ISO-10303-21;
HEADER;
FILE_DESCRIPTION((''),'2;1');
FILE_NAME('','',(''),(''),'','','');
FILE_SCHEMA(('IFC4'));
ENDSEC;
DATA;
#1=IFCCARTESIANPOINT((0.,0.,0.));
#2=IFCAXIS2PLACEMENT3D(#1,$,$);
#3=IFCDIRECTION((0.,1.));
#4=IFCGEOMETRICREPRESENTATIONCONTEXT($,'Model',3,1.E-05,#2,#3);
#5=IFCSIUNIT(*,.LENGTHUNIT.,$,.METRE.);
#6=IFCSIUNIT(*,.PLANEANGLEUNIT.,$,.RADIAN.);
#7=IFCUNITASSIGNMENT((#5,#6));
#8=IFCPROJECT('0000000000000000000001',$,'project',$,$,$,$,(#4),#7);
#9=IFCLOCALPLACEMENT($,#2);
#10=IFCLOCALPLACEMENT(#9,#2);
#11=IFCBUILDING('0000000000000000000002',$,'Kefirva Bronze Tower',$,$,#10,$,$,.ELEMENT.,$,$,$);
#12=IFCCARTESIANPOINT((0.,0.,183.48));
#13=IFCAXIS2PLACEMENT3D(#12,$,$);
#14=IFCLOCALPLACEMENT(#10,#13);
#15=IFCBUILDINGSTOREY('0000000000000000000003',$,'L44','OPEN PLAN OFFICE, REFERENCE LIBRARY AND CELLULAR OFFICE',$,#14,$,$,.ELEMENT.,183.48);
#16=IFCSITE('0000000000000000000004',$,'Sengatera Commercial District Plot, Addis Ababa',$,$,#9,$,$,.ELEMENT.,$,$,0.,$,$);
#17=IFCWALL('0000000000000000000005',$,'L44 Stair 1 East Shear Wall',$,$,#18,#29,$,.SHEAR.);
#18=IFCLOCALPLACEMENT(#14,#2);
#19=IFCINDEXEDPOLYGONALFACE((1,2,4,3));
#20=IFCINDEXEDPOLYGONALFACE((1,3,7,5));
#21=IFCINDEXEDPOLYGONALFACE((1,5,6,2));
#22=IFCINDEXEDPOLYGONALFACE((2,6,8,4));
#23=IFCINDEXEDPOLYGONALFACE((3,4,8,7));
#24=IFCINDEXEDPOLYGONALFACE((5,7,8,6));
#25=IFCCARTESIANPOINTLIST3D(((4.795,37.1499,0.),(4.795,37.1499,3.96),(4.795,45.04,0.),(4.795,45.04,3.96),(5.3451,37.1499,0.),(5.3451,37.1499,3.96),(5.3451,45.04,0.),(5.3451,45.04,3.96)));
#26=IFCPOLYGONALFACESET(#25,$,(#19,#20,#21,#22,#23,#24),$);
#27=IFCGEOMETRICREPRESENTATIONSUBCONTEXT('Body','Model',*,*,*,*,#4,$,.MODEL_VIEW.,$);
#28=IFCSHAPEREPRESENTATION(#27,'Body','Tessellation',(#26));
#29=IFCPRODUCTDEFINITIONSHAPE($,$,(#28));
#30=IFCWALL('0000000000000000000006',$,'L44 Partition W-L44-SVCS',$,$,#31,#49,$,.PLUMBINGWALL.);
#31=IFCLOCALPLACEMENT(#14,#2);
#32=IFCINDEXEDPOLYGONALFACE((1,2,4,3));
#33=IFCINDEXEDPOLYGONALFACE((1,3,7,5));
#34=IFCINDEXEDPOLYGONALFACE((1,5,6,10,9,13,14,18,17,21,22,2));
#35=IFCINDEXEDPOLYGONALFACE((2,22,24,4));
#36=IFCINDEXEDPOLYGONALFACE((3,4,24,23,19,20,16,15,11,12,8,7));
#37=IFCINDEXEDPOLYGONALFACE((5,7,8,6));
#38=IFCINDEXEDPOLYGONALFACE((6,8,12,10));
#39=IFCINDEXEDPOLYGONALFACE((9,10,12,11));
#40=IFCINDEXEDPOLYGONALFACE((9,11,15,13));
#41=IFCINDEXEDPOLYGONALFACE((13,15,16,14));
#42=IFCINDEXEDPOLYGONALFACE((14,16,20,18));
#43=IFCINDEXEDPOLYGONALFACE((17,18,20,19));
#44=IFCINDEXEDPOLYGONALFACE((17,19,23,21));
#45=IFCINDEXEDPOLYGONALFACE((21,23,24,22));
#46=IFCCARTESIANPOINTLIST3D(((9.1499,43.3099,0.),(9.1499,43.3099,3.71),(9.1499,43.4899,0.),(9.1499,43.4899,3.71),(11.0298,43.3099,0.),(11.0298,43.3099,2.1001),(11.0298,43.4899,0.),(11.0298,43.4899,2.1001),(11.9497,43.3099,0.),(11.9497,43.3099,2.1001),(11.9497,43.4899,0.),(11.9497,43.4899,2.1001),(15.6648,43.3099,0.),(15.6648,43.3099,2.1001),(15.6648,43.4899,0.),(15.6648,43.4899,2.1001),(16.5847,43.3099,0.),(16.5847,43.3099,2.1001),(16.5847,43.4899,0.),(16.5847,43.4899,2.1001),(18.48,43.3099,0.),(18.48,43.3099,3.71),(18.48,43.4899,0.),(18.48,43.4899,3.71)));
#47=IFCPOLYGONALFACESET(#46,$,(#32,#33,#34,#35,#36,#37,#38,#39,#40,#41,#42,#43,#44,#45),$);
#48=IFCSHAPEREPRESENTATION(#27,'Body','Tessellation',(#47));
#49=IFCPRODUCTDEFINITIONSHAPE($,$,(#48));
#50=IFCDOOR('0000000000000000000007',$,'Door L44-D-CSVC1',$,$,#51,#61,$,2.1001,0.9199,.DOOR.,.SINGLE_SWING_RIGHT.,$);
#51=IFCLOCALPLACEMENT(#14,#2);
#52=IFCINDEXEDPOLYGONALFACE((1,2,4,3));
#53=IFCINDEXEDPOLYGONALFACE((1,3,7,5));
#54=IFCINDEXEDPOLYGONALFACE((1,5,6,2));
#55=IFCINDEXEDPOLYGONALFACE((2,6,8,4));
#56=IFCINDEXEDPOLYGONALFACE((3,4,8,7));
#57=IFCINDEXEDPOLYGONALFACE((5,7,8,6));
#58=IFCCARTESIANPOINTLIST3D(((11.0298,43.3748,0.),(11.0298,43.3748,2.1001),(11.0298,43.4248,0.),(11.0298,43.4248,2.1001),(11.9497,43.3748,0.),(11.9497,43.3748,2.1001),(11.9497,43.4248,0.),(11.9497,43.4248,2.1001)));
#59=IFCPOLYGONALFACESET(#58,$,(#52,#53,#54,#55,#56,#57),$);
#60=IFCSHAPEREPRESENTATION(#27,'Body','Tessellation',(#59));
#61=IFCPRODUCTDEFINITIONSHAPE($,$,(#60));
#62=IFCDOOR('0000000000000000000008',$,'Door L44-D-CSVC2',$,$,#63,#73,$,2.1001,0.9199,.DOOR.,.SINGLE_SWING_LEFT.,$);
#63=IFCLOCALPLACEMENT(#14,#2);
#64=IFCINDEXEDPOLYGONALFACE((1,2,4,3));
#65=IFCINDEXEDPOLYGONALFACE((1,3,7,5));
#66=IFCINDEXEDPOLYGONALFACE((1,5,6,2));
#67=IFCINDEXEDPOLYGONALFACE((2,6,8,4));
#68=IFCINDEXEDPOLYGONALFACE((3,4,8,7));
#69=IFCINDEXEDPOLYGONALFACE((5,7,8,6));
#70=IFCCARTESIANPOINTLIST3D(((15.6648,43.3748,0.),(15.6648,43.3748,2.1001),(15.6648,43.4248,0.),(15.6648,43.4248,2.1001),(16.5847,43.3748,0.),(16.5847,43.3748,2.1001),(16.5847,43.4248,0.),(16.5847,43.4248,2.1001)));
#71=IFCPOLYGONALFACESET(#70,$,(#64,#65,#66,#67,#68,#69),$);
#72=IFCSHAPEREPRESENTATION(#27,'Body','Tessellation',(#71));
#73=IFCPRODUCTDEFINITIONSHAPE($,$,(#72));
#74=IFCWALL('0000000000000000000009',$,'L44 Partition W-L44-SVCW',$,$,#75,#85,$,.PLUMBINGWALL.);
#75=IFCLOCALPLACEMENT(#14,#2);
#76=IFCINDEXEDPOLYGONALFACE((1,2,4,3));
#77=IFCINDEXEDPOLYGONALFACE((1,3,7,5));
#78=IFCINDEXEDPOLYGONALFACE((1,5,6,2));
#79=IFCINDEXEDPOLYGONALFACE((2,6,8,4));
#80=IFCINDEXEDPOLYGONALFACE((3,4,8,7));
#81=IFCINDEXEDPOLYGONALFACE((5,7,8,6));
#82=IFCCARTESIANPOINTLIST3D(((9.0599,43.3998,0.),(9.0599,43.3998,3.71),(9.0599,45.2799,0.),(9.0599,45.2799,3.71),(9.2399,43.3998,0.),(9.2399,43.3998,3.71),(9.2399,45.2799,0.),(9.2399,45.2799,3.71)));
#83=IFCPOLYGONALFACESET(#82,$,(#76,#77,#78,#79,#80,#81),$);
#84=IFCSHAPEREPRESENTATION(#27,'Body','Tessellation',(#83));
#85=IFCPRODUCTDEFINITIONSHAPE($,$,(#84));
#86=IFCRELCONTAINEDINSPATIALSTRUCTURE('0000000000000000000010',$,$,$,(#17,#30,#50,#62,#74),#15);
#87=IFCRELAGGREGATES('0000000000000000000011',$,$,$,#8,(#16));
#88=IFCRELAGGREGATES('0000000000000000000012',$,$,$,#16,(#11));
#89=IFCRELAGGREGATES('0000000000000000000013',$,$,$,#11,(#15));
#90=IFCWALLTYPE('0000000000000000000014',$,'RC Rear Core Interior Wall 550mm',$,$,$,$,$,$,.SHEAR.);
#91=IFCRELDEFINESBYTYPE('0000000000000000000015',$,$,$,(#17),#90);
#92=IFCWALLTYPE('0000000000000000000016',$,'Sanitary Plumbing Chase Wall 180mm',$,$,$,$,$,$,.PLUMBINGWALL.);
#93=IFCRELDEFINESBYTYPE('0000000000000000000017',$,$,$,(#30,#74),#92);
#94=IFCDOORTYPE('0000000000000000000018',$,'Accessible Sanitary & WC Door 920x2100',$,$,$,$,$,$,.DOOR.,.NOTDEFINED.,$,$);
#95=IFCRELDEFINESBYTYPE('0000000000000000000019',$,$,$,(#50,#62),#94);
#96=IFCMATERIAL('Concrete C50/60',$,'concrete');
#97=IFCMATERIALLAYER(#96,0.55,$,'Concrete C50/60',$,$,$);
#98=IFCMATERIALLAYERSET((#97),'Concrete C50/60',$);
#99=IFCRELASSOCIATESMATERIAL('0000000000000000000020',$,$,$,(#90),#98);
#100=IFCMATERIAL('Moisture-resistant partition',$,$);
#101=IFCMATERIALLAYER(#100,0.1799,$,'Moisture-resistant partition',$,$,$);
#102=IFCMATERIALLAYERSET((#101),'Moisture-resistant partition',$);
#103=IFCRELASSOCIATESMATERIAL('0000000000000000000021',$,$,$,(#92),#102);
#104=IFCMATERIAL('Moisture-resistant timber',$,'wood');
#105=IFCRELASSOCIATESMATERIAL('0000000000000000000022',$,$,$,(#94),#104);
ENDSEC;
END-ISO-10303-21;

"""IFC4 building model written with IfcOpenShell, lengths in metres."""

from ifc_helpers import new_model, si_unit, direction, frame, frame_2d, origin, place, context, subcontext, project, spatial, rectangle, extrude, material, layer, layer_set, type_object, element, fill, save


model = new_model("IFC4")

# Units and contexts
model_context = context("Model", 3, precision=1e-05, world=origin(), true_north=direction((0.0, 1.0)))
body_context = subcontext(model_context, "Body", "Model", "MODEL_VIEW")
ifc_project = project(units=[si_unit("LENGTHUNIT", "METRE"), si_unit("PLANEANGLEUNIT", "RADIAN")], contexts=[model_context])

# Site, building, storey
site_placement = place(None, origin())
site = spatial("IfcSite", under=ifc_project, at=site_placement, Name="Sengatera Commercial District Plot, Addis Ababa", CompositionType="ELEMENT", RefElevation=0.0)
building_placement = place(site_placement, origin())
building = spatial("IfcBuilding", under=site, at=building_placement, Name="Kefirva Bronze Tower", CompositionType="ELEMENT")
storey_placement = place(building_placement, frame((0.0, 0.0, 183.48)))
storey = spatial("IfcBuildingStorey", under=building, at=storey_placement, Name="L44", Description="OPEN PLAN OFFICE, REFERENCE LIBRARY AND CELLULAR OFFICE", CompositionType="ELEMENT", Elevation=183.48)

# Wall
ifc_material_1 = material(Name="Concrete C50/60", Category="concrete")
ifc_layer_1 = layer(ifc_material_1, 0.55, Name="Concrete C50/60")
ifc_layer_set_1 = layer_set([ifc_layer_1], Name="Concrete C50/60")
wall_type_1 = type_object("IfcWallType", Name="RC Rear Core Interior Wall 550mm", PredefinedType="SHEAR", material=ifc_layer_set_1)
wall_1_placement = place(storey_placement, frame((5.0701, 37.1499, 0.0), z_axis=(0.0, 0.0, 1.0), x_axis=(0.0, 1.0, 0.0)))
element("IfcWall", 1, at=wall_1_placement, inside=storey, type_object=wall_type_1, Name="L44 Stair 1 East Shear Wall", PredefinedType="SHEAR", context=body_context, shape_type="SweptSolid", body=[
    extrude(rectangle(XDim=7.8901, YDim=0.55, at=frame_2d((3.9451, 0.0))), origin(), (0.0, 0.0, 1.0), 3.96),
])

# Wall, openings, doors
ifc_material_2 = material(Name="Moisture-resistant partition")
ifc_layer_2 = layer(ifc_material_2, 0.1799, Name="Moisture-resistant partition")
ifc_layer_set_2 = layer_set([ifc_layer_2], Name="Moisture-resistant partition")
wall_type_2 = type_object("IfcWallType", Name="Sanitary Plumbing Chase Wall 180mm", PredefinedType="PLUMBINGWALL", material=ifc_layer_set_2)
wall_2_placement = place(storey_placement, frame((9.1499, 43.3999, 0.0), z_axis=(0.0, 0.0, 1.0), x_axis=(1.0, 0.0, 0.0)))
wall_2 = element("IfcWall", 2, at=wall_2_placement, inside=storey, type_object=wall_type_2, Name="L44 Partition W-L44-SVCS", PredefinedType="PLUMBINGWALL", context=body_context, shape_type="SweptSolid", body=[
    extrude(rectangle(XDim=9.3301, YDim=0.1799, at=frame_2d((4.665, 0.0))), origin(), (0.0, 0.0, 1.0), 3.71),
])
opening_1_placement = place(wall_2_placement, frame((1.8799, 0.0, 0.0)))
opening_1 = element("IfcOpeningElement", 3, at=opening_1_placement, cuts=wall_2, PredefinedType="OPENING", context=body_context, shape_type="SweptSolid", body=[
    extrude(rectangle(XDim=0.9199, YDim=2.1001, at=frame_2d((0.46, 1.05))), frame((0.0, 0.1001, 0.0), z_axis=(0.0, -1.0, 0.0), x_axis=(1.0, 0.0, 0.0)), (0.0, 0.0, 1.0), 0.2),
])
opening_2_placement = place(wall_2_placement, frame((6.5149, 0.0, 0.0)))
opening_2 = element("IfcOpeningElement", 4, at=opening_2_placement, cuts=wall_2, PredefinedType="OPENING", context=body_context, shape_type="SweptSolid", body=[
    extrude(rectangle(XDim=0.9199, YDim=2.1001, at=frame_2d((0.46, 1.05))), frame((0.0, 0.1001, 0.0), z_axis=(0.0, -1.0, 0.0), x_axis=(1.0, 0.0, 0.0)), (0.0, 0.0, 1.0), 0.2),
])
ifc_material_3 = material(Name="Moisture-resistant timber", Category="wood")
door_type_1 = type_object("IfcDoorType", Name="Accessible Sanitary & WC Door 920x2100", OperationType="NOTDEFINED", PredefinedType="DOOR", material=ifc_material_3)
door_1_placement = place(opening_1_placement, origin())
door_1 = element("IfcDoor", 5, at=door_1_placement, inside=storey, type_object=door_type_1, Name="Door L44-D-CSVC1", OperationType="SINGLE_SWING_RIGHT", OverallHeight=2.1001, OverallWidth=0.9199, PredefinedType="DOOR", context=body_context, shape_type="SweptSolid", body=[
    extrude(rectangle(XDim=0.9199, YDim=2.1001, at=frame_2d((0.46, 1.05))), frame((0.0, 0.0249, 0.0), z_axis=(0.0, -1.0, 0.0), x_axis=(1.0, 0.0, 0.0)), (0.0, 0.0, 1.0), 0.05),
])
fill(opening_1, door_1)
door_2_placement = place(opening_2_placement, origin())
door_2 = element("IfcDoor", 6, at=door_2_placement, inside=storey, type_object=door_type_1, Name="Door L44-D-CSVC2", OperationType="SINGLE_SWING_LEFT", OverallHeight=2.1001, OverallWidth=0.9199, PredefinedType="DOOR", context=body_context, shape_type="SweptSolid", body=[
    extrude(rectangle(XDim=0.9199, YDim=2.1001, at=frame_2d((0.46, 1.05))), frame((0.0, 0.0249, 0.0), z_axis=(0.0, -1.0, 0.0), x_axis=(1.0, 0.0, 0.0)), (0.0, 0.0, 1.0), 0.05),
])
fill(opening_2, door_2)

# Wall
wall_3_placement = place(storey_placement, frame((9.1499, 43.3999, 0.0), z_axis=(0.0, 0.0, 1.0), x_axis=(0.0, 1.0, 0.0)))
element("IfcWall", 7, at=wall_3_placement, inside=storey, type_object=wall_type_2, Name="L44 Partition W-L44-SVCW", PredefinedType="PLUMBINGWALL", context=body_context, shape_type="SweptSolid", body=[
    extrude(rectangle(XDim=1.8801, YDim=0.1799, at=frame_2d((0.9399, 0.0))), origin(), (0.0, 0.0, 1.0), 3.71),
])

save(model, "model.ifc")
